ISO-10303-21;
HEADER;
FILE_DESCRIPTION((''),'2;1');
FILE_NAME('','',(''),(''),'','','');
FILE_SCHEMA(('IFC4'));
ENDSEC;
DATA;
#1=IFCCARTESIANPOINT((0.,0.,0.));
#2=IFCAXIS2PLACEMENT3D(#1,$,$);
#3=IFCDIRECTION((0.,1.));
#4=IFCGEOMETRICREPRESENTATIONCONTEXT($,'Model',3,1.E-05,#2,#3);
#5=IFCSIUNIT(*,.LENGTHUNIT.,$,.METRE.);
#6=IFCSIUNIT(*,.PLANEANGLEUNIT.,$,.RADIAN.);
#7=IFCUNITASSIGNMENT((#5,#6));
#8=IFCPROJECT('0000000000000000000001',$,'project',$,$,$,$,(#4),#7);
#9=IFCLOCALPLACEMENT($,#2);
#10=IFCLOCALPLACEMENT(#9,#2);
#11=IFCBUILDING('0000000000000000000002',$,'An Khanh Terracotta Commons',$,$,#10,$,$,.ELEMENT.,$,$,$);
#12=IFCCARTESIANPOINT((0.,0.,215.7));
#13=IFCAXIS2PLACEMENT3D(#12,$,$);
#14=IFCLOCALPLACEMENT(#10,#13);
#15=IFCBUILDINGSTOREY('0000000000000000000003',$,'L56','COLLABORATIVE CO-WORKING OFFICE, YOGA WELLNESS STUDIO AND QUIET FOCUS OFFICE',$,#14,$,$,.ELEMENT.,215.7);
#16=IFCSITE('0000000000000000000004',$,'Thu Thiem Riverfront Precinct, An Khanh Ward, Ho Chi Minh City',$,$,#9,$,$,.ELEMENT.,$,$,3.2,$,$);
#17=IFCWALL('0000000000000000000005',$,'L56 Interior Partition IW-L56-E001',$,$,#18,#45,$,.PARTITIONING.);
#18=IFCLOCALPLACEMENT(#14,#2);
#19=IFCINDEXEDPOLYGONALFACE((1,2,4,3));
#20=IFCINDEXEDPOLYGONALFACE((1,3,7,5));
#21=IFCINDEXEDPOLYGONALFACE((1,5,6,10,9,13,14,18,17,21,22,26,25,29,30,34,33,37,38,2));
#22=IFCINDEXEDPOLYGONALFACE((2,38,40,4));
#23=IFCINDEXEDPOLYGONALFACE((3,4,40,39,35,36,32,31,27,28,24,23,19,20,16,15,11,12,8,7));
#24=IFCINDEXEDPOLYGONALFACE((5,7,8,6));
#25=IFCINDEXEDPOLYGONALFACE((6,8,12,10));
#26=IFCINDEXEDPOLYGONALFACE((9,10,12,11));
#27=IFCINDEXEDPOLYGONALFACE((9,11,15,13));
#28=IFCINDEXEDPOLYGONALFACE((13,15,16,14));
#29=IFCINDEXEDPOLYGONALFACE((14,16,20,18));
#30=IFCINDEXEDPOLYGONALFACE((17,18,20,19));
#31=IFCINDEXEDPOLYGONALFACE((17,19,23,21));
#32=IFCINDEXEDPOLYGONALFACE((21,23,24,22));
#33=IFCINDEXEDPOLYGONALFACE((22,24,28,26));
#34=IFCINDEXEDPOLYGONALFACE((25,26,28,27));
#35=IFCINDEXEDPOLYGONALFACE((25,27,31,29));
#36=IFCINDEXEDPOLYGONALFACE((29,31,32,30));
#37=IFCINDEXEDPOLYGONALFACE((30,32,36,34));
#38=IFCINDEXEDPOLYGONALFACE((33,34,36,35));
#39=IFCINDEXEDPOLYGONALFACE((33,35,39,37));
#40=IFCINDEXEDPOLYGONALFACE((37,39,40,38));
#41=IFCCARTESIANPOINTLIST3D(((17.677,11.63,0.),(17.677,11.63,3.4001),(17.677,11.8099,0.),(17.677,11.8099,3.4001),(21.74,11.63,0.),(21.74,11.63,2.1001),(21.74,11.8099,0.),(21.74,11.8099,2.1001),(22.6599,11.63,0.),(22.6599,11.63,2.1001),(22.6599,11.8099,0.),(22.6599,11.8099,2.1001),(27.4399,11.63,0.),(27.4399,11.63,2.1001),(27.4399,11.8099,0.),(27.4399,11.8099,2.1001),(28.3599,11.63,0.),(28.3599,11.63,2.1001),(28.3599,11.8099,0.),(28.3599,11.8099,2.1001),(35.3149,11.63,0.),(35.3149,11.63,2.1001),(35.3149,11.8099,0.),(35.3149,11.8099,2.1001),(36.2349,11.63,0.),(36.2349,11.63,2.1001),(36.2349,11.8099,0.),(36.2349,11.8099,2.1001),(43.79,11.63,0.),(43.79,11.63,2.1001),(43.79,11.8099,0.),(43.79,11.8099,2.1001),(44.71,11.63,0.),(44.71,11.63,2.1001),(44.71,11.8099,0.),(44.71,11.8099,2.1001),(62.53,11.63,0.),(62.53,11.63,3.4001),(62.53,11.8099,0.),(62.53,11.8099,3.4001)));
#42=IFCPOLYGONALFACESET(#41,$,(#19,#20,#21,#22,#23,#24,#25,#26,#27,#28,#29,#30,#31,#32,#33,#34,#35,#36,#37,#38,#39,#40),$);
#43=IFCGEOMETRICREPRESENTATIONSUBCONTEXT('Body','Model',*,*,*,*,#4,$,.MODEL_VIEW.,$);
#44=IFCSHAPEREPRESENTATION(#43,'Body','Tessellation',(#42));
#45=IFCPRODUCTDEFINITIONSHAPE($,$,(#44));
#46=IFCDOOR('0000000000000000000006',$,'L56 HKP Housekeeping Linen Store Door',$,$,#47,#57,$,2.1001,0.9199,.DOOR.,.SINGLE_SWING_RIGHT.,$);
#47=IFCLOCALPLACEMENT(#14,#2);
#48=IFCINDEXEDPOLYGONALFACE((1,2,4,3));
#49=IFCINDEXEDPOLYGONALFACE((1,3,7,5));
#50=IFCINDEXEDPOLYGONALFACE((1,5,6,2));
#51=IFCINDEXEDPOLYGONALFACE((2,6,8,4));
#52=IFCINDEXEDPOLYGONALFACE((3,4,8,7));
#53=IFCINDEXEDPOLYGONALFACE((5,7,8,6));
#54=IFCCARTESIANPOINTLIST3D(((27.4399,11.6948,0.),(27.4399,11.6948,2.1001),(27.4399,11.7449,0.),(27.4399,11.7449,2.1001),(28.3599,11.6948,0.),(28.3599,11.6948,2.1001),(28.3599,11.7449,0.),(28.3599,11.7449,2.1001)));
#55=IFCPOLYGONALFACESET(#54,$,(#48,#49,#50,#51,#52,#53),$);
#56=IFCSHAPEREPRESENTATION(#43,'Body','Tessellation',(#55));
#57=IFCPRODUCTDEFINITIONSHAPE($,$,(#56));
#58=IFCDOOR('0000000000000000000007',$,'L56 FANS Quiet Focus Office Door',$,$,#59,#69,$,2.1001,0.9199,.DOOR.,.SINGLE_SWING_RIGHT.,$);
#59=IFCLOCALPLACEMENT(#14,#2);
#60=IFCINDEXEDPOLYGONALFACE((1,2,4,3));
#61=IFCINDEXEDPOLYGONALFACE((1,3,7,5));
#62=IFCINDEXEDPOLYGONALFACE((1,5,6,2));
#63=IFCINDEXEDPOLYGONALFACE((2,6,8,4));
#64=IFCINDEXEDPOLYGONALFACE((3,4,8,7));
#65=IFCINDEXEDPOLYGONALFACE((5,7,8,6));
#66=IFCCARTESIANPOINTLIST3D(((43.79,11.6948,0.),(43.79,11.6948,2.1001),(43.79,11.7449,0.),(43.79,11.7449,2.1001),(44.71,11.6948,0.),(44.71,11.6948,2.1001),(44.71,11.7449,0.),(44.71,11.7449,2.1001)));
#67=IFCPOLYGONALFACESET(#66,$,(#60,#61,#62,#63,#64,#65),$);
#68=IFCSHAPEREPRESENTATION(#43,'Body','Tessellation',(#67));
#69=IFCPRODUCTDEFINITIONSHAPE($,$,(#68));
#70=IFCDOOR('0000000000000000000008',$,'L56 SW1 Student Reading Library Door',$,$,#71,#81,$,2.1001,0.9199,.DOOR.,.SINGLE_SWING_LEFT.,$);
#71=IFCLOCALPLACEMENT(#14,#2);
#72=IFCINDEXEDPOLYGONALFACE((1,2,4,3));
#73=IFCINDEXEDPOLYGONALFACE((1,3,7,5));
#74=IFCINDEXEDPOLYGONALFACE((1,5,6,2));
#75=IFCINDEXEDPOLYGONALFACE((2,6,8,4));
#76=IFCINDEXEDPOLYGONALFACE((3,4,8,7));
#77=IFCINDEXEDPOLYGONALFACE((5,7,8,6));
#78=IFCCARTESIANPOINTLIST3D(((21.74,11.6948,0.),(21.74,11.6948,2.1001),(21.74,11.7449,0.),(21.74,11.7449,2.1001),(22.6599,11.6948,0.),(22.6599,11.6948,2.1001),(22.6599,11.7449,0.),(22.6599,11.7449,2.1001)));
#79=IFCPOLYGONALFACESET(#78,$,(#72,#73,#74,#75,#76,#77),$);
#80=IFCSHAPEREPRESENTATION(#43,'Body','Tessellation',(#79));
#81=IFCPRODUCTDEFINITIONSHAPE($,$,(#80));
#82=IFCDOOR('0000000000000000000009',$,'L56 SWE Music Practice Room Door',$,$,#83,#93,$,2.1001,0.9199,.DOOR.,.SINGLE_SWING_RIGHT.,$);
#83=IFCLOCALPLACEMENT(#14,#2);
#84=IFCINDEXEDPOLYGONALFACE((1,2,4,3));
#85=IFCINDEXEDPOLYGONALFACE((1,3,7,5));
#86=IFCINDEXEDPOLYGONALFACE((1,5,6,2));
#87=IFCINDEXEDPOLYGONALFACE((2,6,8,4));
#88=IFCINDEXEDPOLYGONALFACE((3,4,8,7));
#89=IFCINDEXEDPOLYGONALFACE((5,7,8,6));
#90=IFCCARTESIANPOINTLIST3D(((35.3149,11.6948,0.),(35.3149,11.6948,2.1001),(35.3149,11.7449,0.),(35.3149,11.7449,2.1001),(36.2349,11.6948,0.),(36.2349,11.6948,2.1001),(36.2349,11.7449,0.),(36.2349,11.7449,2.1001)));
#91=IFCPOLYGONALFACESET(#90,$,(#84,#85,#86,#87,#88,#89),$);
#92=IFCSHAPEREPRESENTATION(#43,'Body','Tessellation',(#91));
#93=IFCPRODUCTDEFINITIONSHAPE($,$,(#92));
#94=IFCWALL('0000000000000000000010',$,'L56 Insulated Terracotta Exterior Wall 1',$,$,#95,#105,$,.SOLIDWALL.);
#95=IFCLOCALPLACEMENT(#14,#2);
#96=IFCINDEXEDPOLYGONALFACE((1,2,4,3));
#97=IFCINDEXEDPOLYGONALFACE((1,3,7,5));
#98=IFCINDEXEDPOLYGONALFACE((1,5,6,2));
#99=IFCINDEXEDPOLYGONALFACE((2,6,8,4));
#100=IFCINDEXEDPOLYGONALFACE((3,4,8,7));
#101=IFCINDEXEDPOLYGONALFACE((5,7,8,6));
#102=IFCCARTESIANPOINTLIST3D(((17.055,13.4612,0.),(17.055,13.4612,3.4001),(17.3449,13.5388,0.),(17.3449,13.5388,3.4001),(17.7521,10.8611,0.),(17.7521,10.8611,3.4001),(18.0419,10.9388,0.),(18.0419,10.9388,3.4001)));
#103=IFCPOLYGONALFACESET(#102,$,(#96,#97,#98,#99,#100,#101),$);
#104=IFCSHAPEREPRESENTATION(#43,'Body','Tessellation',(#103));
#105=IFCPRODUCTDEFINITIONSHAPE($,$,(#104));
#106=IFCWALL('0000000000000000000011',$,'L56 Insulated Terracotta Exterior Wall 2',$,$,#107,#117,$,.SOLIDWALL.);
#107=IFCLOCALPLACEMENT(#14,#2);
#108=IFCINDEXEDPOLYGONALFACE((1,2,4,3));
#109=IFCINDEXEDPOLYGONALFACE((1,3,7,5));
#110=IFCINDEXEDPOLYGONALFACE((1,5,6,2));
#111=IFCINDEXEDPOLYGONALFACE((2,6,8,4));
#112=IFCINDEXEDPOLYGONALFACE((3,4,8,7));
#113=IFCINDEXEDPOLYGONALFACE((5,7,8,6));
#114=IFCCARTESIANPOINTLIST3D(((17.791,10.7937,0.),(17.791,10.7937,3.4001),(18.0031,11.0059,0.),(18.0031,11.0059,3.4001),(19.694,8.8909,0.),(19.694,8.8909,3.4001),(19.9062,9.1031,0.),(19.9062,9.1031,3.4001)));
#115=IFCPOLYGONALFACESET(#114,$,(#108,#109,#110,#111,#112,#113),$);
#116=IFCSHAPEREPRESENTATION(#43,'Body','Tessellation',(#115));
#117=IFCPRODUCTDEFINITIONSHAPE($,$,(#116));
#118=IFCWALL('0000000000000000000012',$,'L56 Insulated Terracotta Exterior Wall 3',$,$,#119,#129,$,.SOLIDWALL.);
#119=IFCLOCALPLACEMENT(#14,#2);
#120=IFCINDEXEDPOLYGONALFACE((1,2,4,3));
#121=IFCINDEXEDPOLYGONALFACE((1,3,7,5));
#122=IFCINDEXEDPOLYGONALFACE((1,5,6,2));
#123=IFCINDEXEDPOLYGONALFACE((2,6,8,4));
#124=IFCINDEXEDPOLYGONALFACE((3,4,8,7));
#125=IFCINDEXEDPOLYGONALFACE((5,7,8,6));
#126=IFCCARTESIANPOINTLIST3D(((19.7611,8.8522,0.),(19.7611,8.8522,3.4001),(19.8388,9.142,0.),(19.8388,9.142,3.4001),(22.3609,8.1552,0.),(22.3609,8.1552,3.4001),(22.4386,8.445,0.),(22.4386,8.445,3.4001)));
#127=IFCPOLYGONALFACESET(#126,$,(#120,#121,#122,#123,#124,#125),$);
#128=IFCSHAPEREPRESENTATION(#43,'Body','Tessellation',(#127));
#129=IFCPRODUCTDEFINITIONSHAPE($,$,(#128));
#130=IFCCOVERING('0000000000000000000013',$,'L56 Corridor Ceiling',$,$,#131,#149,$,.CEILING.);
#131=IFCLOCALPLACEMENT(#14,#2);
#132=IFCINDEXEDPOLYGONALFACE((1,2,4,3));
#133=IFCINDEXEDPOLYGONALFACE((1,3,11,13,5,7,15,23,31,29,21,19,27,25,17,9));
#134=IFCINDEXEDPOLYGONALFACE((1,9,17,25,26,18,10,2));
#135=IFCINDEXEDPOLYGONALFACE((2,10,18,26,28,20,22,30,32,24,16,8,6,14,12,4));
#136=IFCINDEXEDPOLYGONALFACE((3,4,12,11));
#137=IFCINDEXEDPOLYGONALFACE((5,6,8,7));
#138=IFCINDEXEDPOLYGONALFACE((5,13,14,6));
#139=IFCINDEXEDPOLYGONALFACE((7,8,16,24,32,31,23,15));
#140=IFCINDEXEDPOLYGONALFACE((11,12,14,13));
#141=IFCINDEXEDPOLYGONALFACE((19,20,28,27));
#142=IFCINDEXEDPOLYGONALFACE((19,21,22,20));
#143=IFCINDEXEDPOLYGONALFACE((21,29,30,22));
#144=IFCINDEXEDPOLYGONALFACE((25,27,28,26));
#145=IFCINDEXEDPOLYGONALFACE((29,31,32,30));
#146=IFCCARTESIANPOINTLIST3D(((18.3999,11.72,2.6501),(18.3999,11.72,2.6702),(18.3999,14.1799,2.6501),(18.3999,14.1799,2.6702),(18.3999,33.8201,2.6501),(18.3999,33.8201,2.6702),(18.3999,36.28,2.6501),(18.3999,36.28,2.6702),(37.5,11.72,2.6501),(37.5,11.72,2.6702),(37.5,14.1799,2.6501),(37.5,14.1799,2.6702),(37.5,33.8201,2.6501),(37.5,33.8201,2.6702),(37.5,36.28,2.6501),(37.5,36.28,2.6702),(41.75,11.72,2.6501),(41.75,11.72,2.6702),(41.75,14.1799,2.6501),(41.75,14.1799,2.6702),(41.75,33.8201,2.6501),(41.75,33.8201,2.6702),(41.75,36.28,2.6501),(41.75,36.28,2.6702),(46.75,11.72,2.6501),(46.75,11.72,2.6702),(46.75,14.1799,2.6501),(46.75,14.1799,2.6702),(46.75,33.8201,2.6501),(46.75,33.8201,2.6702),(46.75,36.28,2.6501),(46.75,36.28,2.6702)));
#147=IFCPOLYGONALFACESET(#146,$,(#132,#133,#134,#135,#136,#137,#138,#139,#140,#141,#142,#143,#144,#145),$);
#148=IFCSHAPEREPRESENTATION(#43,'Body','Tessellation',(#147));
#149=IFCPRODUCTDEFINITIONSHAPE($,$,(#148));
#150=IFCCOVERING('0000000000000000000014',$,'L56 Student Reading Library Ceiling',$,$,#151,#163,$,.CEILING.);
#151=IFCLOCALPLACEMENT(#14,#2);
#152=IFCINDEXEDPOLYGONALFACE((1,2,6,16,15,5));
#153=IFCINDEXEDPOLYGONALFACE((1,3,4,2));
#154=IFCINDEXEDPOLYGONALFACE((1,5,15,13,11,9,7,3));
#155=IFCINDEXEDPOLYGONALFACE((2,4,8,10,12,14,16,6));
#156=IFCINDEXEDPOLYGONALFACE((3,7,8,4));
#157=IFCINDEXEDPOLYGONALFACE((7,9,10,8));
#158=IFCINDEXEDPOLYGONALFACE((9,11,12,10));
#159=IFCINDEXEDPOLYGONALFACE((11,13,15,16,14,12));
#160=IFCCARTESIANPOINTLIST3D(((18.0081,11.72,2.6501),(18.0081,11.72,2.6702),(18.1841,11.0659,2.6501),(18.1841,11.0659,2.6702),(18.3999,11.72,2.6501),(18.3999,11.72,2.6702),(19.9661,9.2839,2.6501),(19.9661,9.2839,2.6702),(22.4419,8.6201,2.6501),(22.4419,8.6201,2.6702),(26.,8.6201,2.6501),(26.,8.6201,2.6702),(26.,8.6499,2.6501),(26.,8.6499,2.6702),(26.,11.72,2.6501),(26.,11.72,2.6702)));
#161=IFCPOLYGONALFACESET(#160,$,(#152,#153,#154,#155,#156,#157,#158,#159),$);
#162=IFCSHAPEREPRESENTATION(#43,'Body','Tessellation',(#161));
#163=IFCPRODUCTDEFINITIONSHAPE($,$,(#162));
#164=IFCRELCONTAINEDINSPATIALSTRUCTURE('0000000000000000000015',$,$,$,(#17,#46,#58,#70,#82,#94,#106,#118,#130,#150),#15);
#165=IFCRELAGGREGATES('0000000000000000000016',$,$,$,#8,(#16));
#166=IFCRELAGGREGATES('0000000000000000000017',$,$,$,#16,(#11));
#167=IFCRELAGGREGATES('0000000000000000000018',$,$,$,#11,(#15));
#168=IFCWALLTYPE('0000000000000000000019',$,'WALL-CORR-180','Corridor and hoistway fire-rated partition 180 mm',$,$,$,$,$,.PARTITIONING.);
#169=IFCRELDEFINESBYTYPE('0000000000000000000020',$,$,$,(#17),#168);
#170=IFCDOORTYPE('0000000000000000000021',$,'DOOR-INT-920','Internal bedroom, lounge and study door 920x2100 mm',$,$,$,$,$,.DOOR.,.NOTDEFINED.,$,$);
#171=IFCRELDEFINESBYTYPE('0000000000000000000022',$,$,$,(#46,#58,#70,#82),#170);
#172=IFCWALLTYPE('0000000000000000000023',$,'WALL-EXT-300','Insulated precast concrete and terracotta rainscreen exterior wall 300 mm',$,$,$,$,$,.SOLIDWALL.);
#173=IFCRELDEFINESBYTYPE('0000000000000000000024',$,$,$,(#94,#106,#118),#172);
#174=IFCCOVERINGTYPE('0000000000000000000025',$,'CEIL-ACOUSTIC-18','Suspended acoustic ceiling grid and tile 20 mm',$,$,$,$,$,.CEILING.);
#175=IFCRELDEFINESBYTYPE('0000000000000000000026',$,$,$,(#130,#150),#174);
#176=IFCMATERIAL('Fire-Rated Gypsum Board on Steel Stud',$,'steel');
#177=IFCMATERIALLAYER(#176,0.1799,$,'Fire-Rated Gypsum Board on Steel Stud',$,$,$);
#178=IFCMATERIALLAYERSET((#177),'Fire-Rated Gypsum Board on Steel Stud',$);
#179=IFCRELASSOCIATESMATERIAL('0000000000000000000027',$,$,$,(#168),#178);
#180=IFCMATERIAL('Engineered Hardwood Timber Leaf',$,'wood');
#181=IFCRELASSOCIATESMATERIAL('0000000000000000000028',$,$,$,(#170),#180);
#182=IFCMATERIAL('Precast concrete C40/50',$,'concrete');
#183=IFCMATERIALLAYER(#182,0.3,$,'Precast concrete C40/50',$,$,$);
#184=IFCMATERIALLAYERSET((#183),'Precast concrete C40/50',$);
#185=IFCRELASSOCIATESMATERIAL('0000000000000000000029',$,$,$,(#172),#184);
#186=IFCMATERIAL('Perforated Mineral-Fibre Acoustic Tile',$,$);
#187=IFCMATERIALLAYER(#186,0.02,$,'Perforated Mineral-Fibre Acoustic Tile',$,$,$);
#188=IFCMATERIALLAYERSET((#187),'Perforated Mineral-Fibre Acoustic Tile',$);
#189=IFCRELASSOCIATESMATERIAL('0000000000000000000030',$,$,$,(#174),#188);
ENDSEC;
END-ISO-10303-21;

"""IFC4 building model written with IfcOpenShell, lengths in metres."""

from ifc_helpers import new_model, si_unit, direction, frame, frame_2d, origin, place, context, subcontext, project, spatial, polyline, rectangle, outline, extrude, material, layer, layer_set, type_object, element, fill, save


model = new_model("IFC4")

# Units and contexts
model_context = context("Model", 3, precision=1e-05, world=origin(), true_north=direction((0.0, 1.0)))
body_context = subcontext(model_context, "Body", "Model", "MODEL_VIEW")
ifc_project = project(units=[si_unit("LENGTHUNIT", "METRE"), si_unit("PLANEANGLEUNIT", "RADIAN")], contexts=[model_context])

# Site, building, storey
site_placement = place(None, origin())
site = spatial("IfcSite", under=ifc_project, at=site_placement, Name="Thu Thiem Riverfront Precinct, An Khanh Ward, Ho Chi Minh City", CompositionType="ELEMENT", RefElevation=3.2)
building_placement = place(site_placement, origin())
building = spatial("IfcBuilding", under=site, at=building_placement, Name="An Khanh Terracotta Commons", CompositionType="ELEMENT")
storey_placement = place(building_placement, frame((0.0, 0.0, 215.7)))
storey = spatial("IfcBuildingStorey", under=building, at=storey_placement, Name="L56", Description="COLLABORATIVE CO-WORKING OFFICE, YOGA WELLNESS STUDIO AND QUIET FOCUS OFFICE", CompositionType="ELEMENT", Elevation=215.7)

# Shared definitions
ifc_material_1 = material(Name="Precast concrete C40/50", Category="concrete")

# Wall, openings, doors
ifc_material_2 = material(Name="Fire-Rated Gypsum Board on Steel Stud", Category="steel")
ifc_layer_1 = layer(ifc_material_2, 0.1799, Name="Fire-Rated Gypsum Board on Steel Stud")
ifc_layer_set_1 = layer_set([ifc_layer_1], Name="Fire-Rated Gypsum Board on Steel Stud")
wall_type_1 = type_object("IfcWallType", Name="WALL-CORR-180", Description="Corridor and hoistway fire-rated partition 180 mm", PredefinedType="PARTITIONING", material=ifc_layer_set_1)
wall_1_placement = place(storey_placement, frame((17.677, 11.72, 0.0), z_axis=(0.0, 0.0, 1.0), x_axis=(1.0, 0.0, 0.0)))
wall_1 = element("IfcWall", 1, at=wall_1_placement, inside=storey, type_object=wall_type_1, Name="L56 Interior Partition IW-L56-E001", PredefinedType="PARTITIONING", context=body_context, shape_type="SweptSolid", body=[
    extrude(rectangle(XDim=44.853, YDim=0.1799, at=frame_2d((22.4265, 0.0))), origin(), (0.0, 0.0, 1.0), 3.4001),
])
opening_1_placement = place(wall_1_placement, frame((9.7629, 0.0, 0.0)))
opening_1 = element("IfcOpeningElement", 2, at=opening_1_placement, cuts=wall_1, PredefinedType="OPENING", context=body_context, shape_type="SweptSolid", body=[
    extrude(rectangle(XDim=0.9199, YDim=2.1001, at=frame_2d((0.46, 1.05))), frame((0.0, 0.0999, 0.0), z_axis=(0.0, -1.0, 0.0), x_axis=(1.0, 0.0, 0.0)), (0.0, 0.0, 1.0), 0.2),
])
opening_2_placement = place(wall_1_placement, frame((26.113, 0.0, 0.0)))
opening_2 = element("IfcOpeningElement", 3, at=opening_2_placement, cuts=wall_1, PredefinedType="OPENING", context=body_context, shape_type="SweptSolid", body=[
    extrude(rectangle(XDim=0.9199, YDim=2.1001, at=frame_2d((0.46, 1.05))), frame((0.0, 0.0999, 0.0), z_axis=(0.0, -1.0, 0.0), x_axis=(1.0, 0.0, 0.0)), (0.0, 0.0, 1.0), 0.2),
])
opening_3_placement = place(wall_1_placement, frame((4.063, 0.0, 0.0)))
opening_3 = element("IfcOpeningElement", 4, at=opening_3_placement, cuts=wall_1, PredefinedType="OPENING", context=body_context, shape_type="SweptSolid", body=[
    extrude(rectangle(XDim=0.9199, YDim=2.1001, at=frame_2d((0.46, 1.05))), frame((0.0, 0.0999, 0.0), z_axis=(0.0, -1.0, 0.0), x_axis=(1.0, 0.0, 0.0)), (0.0, 0.0, 1.0), 0.2),
])
opening_4_placement = place(wall_1_placement, frame((17.6379, 0.0, 0.0)))
opening_4 = element("IfcOpeningElement", 5, at=opening_4_placement, cuts=wall_1, PredefinedType="OPENING", context=body_context, shape_type="SweptSolid", body=[
    extrude(rectangle(XDim=0.9199, YDim=2.1001, at=frame_2d((0.46, 1.05))), frame((0.0, 0.0999, 0.0), z_axis=(0.0, -1.0, 0.0), x_axis=(1.0, 0.0, 0.0)), (0.0, 0.0, 1.0), 0.2),
])
ifc_material_3 = material(Name="Engineered Hardwood Timber Leaf", Category="wood")
door_type = type_object("IfcDoorType", Name="DOOR-INT-920", Description="Internal bedroom, lounge and study door 920x2100 mm", OperationType="NOTDEFINED", PredefinedType="DOOR", material=ifc_material_3)
door_1_placement = place(opening_1_placement, origin())
door_1 = element("IfcDoor", 6, at=door_1_placement, inside=storey, type_object=door_type, Name="L56 HKP Housekeeping Linen Store Door", OperationType="SINGLE_SWING_RIGHT", OverallHeight=2.1001, OverallWidth=0.9199, PredefinedType="DOOR", context=body_context, shape_type="SweptSolid", body=[
    extrude(rectangle(XDim=0.9199, YDim=2.1001, at=frame_2d((0.46, 1.05))), frame((0.0, 0.0249, 0.0), z_axis=(0.0, -1.0, 0.0), x_axis=(1.0, 0.0, 0.0)), (0.0, 0.0, 1.0), 0.05),
])
fill(opening_1, door_1)
door_2_placement = place(opening_2_placement, origin())
door_2 = element("IfcDoor", 7, at=door_2_placement, inside=storey, type_object=door_type, Name="L56 FANS Quiet Focus Office Door", OperationType="SINGLE_SWING_RIGHT", OverallHeight=2.1001, OverallWidth=0.9199, PredefinedType="DOOR", context=body_context, shape_type="SweptSolid", body=[
    extrude(rectangle(XDim=0.9199, YDim=2.1001, at=frame_2d((0.46, 1.05))), frame((0.0, 0.0249, 0.0), z_axis=(0.0, -1.0, 0.0), x_axis=(1.0, 0.0, 0.0)), (0.0, 0.0, 1.0), 0.05),
])
fill(opening_2, door_2)
door_3_placement = place(opening_3_placement, origin())
door_3 = element("IfcDoor", 8, at=door_3_placement, inside=storey, type_object=door_type, Name="L56 SW1 Student Reading Library Door", OperationType="SINGLE_SWING_LEFT", OverallHeight=2.1001, OverallWidth=0.9199, PredefinedType="DOOR", context=body_context, shape_type="SweptSolid", body=[
    extrude(rectangle(XDim=0.9199, YDim=2.1001, at=frame_2d((0.46, 1.05))), frame((0.0, 0.0249, 0.0), z_axis=(0.0, -1.0, 0.0), x_axis=(1.0, 0.0, 0.0)), (0.0, 0.0, 1.0), 0.05),
])
fill(opening_3, door_3)
door_4_placement = place(opening_4_placement, origin())
door_4 = element("IfcDoor", 9, at=door_4_placement, inside=storey, type_object=door_type, Name="L56 SWE Music Practice Room Door", OperationType="SINGLE_SWING_RIGHT", OverallHeight=2.1001, OverallWidth=0.9199, PredefinedType="DOOR", context=body_context, shape_type="SweptSolid", body=[
    extrude(rectangle(XDim=0.9199, YDim=2.1001, at=frame_2d((0.46, 1.05))), frame((0.0, 0.0249, 0.0), z_axis=(0.0, -1.0, 0.0), x_axis=(1.0, 0.0, 0.0)), (0.0, 0.0, 1.0), 0.05),
])
fill(opening_4, door_4)

# Walls
ifc_layer_2 = layer(ifc_material_1, 0.3, Name="Precast concrete C40/50")
ifc_layer_set_2 = layer_set([ifc_layer_2], Name="Precast concrete C40/50")
wall_type_2 = type_object("IfcWallType", Name="WALL-EXT-300", Description="Insulated precast concrete and terracotta rainscreen exterior wall 300 mm", PredefinedType="SOLIDWALL", material=ifc_layer_set_2)
wall_2_placement = place(storey_placement, frame((17.2, 13.5, 0.0), z_axis=(0.0, 0.0, 1.0), x_axis=(0.258933, -0.965895, 0.0)))
element("IfcWall", 10, at=wall_2_placement, inside=storey, type_object=wall_type_2, Name="L56 Insulated Terracotta Exterior Wall 1", PredefinedType="SOLIDWALL", context=body_context, shape_type="SweptSolid", body=[
    extrude(rectangle(XDim=2.6919, YDim=0.3, at=frame_2d((1.3459, 0.0))), origin(), (0.0, 0.0, 1.0), 3.4001),
])
wall_3_placement = place(storey_placement, frame((17.897, 10.8999, 0.0), z_axis=(0.0, 0.0, 1.0), x_axis=(0.707152, -0.707061, 0.0)))
element("IfcWall", 11, at=wall_3_placement, inside=storey, type_object=wall_type_2, Name="L56 Insulated Terracotta Exterior Wall 2", PredefinedType="SOLIDWALL", context=body_context, shape_type="SweptSolid", body=[
    extrude(rectangle(XDim=2.6912, YDim=0.3, at=frame_2d((1.3457, 0.0))), origin(), (0.0, 0.0, 1.0), 3.4001),
])
wall_4_placement = place(storey_placement, frame((19.8, 8.9971, 0.0), z_axis=(0.0, 0.0, 1.0), x_axis=(0.965889, -0.258955, 0.0)))
element("IfcWall", 12, at=wall_4_placement, inside=storey, type_object=wall_type_2, Name="L56 Insulated Terracotta Exterior Wall 3", PredefinedType="SOLIDWALL", context=body_context, shape_type="SweptSolid", body=[
    extrude(rectangle(XDim=2.6917, YDim=0.3, at=frame_2d((1.3457, 0.0))), origin(), (0.0, 0.0, 1.0), 3.4001),
])

# Coverings
ifc_material_4 = material(Name="Perforated Mineral-Fibre Acoustic Tile")
ifc_layer_3 = layer(ifc_material_4, 0.02, Name="Perforated Mineral-Fibre Acoustic Tile")
ifc_layer_set_3 = layer_set([ifc_layer_3], Name="Perforated Mineral-Fibre Acoustic Tile")
covering_type = type_object("IfcCoveringType", Name="CEIL-ACOUSTIC-18", Description="Suspended acoustic ceiling grid and tile 20 mm", PredefinedType="CEILING", material=ifc_layer_set_3)
covering_1_placement = place(storey_placement, frame((0.0, 0.0, 2.6501)))
element("IfcCovering", 13, at=covering_1_placement, inside=storey, type_object=covering_type, Name="L56 Corridor Ceiling", PredefinedType="CEILING", context=body_context, shape_type="SweptSolid", body=[
    extrude(outline(polyline([(37.5, 14.1799), (37.5, 33.8201), (18.3999, 33.8201), (18.3999, 36.28), (37.5, 36.28), (41.75, 36.28), (46.75, 36.28), (46.75, 33.8201), (41.75, 33.8201), (41.75, 14.1799), (46.75, 14.1799), (46.75, 11.72), (41.75, 11.72), (37.5, 11.72), (18.3999, 11.72), (18.3999, 14.1799), (37.5, 14.1799)])), origin(), (0.0, 0.0, 1.0), 0.02),
])
covering_2_placement = place(storey_placement, frame((0.0, 0.0, 2.6501)))
element("IfcCovering", 14, at=covering_2_placement, inside=storey, type_object=covering_type, Name="L56 Student Reading Library Ceiling", PredefinedType="CEILING", context=body_context, shape_type="SweptSolid", body=[
    extrude(outline(polyline([(22.4419, 8.6201), (19.9661, 9.2839), (18.1841, 11.0659), (18.0081, 11.72), (18.3999, 11.72), (26.0, 11.72), (26.0, 8.6499), (26.0, 8.6201), (22.4419, 8.6201)])), origin(), (0.0, 0.0, 1.0), 0.02),
])

save(model, "model.ifc")
